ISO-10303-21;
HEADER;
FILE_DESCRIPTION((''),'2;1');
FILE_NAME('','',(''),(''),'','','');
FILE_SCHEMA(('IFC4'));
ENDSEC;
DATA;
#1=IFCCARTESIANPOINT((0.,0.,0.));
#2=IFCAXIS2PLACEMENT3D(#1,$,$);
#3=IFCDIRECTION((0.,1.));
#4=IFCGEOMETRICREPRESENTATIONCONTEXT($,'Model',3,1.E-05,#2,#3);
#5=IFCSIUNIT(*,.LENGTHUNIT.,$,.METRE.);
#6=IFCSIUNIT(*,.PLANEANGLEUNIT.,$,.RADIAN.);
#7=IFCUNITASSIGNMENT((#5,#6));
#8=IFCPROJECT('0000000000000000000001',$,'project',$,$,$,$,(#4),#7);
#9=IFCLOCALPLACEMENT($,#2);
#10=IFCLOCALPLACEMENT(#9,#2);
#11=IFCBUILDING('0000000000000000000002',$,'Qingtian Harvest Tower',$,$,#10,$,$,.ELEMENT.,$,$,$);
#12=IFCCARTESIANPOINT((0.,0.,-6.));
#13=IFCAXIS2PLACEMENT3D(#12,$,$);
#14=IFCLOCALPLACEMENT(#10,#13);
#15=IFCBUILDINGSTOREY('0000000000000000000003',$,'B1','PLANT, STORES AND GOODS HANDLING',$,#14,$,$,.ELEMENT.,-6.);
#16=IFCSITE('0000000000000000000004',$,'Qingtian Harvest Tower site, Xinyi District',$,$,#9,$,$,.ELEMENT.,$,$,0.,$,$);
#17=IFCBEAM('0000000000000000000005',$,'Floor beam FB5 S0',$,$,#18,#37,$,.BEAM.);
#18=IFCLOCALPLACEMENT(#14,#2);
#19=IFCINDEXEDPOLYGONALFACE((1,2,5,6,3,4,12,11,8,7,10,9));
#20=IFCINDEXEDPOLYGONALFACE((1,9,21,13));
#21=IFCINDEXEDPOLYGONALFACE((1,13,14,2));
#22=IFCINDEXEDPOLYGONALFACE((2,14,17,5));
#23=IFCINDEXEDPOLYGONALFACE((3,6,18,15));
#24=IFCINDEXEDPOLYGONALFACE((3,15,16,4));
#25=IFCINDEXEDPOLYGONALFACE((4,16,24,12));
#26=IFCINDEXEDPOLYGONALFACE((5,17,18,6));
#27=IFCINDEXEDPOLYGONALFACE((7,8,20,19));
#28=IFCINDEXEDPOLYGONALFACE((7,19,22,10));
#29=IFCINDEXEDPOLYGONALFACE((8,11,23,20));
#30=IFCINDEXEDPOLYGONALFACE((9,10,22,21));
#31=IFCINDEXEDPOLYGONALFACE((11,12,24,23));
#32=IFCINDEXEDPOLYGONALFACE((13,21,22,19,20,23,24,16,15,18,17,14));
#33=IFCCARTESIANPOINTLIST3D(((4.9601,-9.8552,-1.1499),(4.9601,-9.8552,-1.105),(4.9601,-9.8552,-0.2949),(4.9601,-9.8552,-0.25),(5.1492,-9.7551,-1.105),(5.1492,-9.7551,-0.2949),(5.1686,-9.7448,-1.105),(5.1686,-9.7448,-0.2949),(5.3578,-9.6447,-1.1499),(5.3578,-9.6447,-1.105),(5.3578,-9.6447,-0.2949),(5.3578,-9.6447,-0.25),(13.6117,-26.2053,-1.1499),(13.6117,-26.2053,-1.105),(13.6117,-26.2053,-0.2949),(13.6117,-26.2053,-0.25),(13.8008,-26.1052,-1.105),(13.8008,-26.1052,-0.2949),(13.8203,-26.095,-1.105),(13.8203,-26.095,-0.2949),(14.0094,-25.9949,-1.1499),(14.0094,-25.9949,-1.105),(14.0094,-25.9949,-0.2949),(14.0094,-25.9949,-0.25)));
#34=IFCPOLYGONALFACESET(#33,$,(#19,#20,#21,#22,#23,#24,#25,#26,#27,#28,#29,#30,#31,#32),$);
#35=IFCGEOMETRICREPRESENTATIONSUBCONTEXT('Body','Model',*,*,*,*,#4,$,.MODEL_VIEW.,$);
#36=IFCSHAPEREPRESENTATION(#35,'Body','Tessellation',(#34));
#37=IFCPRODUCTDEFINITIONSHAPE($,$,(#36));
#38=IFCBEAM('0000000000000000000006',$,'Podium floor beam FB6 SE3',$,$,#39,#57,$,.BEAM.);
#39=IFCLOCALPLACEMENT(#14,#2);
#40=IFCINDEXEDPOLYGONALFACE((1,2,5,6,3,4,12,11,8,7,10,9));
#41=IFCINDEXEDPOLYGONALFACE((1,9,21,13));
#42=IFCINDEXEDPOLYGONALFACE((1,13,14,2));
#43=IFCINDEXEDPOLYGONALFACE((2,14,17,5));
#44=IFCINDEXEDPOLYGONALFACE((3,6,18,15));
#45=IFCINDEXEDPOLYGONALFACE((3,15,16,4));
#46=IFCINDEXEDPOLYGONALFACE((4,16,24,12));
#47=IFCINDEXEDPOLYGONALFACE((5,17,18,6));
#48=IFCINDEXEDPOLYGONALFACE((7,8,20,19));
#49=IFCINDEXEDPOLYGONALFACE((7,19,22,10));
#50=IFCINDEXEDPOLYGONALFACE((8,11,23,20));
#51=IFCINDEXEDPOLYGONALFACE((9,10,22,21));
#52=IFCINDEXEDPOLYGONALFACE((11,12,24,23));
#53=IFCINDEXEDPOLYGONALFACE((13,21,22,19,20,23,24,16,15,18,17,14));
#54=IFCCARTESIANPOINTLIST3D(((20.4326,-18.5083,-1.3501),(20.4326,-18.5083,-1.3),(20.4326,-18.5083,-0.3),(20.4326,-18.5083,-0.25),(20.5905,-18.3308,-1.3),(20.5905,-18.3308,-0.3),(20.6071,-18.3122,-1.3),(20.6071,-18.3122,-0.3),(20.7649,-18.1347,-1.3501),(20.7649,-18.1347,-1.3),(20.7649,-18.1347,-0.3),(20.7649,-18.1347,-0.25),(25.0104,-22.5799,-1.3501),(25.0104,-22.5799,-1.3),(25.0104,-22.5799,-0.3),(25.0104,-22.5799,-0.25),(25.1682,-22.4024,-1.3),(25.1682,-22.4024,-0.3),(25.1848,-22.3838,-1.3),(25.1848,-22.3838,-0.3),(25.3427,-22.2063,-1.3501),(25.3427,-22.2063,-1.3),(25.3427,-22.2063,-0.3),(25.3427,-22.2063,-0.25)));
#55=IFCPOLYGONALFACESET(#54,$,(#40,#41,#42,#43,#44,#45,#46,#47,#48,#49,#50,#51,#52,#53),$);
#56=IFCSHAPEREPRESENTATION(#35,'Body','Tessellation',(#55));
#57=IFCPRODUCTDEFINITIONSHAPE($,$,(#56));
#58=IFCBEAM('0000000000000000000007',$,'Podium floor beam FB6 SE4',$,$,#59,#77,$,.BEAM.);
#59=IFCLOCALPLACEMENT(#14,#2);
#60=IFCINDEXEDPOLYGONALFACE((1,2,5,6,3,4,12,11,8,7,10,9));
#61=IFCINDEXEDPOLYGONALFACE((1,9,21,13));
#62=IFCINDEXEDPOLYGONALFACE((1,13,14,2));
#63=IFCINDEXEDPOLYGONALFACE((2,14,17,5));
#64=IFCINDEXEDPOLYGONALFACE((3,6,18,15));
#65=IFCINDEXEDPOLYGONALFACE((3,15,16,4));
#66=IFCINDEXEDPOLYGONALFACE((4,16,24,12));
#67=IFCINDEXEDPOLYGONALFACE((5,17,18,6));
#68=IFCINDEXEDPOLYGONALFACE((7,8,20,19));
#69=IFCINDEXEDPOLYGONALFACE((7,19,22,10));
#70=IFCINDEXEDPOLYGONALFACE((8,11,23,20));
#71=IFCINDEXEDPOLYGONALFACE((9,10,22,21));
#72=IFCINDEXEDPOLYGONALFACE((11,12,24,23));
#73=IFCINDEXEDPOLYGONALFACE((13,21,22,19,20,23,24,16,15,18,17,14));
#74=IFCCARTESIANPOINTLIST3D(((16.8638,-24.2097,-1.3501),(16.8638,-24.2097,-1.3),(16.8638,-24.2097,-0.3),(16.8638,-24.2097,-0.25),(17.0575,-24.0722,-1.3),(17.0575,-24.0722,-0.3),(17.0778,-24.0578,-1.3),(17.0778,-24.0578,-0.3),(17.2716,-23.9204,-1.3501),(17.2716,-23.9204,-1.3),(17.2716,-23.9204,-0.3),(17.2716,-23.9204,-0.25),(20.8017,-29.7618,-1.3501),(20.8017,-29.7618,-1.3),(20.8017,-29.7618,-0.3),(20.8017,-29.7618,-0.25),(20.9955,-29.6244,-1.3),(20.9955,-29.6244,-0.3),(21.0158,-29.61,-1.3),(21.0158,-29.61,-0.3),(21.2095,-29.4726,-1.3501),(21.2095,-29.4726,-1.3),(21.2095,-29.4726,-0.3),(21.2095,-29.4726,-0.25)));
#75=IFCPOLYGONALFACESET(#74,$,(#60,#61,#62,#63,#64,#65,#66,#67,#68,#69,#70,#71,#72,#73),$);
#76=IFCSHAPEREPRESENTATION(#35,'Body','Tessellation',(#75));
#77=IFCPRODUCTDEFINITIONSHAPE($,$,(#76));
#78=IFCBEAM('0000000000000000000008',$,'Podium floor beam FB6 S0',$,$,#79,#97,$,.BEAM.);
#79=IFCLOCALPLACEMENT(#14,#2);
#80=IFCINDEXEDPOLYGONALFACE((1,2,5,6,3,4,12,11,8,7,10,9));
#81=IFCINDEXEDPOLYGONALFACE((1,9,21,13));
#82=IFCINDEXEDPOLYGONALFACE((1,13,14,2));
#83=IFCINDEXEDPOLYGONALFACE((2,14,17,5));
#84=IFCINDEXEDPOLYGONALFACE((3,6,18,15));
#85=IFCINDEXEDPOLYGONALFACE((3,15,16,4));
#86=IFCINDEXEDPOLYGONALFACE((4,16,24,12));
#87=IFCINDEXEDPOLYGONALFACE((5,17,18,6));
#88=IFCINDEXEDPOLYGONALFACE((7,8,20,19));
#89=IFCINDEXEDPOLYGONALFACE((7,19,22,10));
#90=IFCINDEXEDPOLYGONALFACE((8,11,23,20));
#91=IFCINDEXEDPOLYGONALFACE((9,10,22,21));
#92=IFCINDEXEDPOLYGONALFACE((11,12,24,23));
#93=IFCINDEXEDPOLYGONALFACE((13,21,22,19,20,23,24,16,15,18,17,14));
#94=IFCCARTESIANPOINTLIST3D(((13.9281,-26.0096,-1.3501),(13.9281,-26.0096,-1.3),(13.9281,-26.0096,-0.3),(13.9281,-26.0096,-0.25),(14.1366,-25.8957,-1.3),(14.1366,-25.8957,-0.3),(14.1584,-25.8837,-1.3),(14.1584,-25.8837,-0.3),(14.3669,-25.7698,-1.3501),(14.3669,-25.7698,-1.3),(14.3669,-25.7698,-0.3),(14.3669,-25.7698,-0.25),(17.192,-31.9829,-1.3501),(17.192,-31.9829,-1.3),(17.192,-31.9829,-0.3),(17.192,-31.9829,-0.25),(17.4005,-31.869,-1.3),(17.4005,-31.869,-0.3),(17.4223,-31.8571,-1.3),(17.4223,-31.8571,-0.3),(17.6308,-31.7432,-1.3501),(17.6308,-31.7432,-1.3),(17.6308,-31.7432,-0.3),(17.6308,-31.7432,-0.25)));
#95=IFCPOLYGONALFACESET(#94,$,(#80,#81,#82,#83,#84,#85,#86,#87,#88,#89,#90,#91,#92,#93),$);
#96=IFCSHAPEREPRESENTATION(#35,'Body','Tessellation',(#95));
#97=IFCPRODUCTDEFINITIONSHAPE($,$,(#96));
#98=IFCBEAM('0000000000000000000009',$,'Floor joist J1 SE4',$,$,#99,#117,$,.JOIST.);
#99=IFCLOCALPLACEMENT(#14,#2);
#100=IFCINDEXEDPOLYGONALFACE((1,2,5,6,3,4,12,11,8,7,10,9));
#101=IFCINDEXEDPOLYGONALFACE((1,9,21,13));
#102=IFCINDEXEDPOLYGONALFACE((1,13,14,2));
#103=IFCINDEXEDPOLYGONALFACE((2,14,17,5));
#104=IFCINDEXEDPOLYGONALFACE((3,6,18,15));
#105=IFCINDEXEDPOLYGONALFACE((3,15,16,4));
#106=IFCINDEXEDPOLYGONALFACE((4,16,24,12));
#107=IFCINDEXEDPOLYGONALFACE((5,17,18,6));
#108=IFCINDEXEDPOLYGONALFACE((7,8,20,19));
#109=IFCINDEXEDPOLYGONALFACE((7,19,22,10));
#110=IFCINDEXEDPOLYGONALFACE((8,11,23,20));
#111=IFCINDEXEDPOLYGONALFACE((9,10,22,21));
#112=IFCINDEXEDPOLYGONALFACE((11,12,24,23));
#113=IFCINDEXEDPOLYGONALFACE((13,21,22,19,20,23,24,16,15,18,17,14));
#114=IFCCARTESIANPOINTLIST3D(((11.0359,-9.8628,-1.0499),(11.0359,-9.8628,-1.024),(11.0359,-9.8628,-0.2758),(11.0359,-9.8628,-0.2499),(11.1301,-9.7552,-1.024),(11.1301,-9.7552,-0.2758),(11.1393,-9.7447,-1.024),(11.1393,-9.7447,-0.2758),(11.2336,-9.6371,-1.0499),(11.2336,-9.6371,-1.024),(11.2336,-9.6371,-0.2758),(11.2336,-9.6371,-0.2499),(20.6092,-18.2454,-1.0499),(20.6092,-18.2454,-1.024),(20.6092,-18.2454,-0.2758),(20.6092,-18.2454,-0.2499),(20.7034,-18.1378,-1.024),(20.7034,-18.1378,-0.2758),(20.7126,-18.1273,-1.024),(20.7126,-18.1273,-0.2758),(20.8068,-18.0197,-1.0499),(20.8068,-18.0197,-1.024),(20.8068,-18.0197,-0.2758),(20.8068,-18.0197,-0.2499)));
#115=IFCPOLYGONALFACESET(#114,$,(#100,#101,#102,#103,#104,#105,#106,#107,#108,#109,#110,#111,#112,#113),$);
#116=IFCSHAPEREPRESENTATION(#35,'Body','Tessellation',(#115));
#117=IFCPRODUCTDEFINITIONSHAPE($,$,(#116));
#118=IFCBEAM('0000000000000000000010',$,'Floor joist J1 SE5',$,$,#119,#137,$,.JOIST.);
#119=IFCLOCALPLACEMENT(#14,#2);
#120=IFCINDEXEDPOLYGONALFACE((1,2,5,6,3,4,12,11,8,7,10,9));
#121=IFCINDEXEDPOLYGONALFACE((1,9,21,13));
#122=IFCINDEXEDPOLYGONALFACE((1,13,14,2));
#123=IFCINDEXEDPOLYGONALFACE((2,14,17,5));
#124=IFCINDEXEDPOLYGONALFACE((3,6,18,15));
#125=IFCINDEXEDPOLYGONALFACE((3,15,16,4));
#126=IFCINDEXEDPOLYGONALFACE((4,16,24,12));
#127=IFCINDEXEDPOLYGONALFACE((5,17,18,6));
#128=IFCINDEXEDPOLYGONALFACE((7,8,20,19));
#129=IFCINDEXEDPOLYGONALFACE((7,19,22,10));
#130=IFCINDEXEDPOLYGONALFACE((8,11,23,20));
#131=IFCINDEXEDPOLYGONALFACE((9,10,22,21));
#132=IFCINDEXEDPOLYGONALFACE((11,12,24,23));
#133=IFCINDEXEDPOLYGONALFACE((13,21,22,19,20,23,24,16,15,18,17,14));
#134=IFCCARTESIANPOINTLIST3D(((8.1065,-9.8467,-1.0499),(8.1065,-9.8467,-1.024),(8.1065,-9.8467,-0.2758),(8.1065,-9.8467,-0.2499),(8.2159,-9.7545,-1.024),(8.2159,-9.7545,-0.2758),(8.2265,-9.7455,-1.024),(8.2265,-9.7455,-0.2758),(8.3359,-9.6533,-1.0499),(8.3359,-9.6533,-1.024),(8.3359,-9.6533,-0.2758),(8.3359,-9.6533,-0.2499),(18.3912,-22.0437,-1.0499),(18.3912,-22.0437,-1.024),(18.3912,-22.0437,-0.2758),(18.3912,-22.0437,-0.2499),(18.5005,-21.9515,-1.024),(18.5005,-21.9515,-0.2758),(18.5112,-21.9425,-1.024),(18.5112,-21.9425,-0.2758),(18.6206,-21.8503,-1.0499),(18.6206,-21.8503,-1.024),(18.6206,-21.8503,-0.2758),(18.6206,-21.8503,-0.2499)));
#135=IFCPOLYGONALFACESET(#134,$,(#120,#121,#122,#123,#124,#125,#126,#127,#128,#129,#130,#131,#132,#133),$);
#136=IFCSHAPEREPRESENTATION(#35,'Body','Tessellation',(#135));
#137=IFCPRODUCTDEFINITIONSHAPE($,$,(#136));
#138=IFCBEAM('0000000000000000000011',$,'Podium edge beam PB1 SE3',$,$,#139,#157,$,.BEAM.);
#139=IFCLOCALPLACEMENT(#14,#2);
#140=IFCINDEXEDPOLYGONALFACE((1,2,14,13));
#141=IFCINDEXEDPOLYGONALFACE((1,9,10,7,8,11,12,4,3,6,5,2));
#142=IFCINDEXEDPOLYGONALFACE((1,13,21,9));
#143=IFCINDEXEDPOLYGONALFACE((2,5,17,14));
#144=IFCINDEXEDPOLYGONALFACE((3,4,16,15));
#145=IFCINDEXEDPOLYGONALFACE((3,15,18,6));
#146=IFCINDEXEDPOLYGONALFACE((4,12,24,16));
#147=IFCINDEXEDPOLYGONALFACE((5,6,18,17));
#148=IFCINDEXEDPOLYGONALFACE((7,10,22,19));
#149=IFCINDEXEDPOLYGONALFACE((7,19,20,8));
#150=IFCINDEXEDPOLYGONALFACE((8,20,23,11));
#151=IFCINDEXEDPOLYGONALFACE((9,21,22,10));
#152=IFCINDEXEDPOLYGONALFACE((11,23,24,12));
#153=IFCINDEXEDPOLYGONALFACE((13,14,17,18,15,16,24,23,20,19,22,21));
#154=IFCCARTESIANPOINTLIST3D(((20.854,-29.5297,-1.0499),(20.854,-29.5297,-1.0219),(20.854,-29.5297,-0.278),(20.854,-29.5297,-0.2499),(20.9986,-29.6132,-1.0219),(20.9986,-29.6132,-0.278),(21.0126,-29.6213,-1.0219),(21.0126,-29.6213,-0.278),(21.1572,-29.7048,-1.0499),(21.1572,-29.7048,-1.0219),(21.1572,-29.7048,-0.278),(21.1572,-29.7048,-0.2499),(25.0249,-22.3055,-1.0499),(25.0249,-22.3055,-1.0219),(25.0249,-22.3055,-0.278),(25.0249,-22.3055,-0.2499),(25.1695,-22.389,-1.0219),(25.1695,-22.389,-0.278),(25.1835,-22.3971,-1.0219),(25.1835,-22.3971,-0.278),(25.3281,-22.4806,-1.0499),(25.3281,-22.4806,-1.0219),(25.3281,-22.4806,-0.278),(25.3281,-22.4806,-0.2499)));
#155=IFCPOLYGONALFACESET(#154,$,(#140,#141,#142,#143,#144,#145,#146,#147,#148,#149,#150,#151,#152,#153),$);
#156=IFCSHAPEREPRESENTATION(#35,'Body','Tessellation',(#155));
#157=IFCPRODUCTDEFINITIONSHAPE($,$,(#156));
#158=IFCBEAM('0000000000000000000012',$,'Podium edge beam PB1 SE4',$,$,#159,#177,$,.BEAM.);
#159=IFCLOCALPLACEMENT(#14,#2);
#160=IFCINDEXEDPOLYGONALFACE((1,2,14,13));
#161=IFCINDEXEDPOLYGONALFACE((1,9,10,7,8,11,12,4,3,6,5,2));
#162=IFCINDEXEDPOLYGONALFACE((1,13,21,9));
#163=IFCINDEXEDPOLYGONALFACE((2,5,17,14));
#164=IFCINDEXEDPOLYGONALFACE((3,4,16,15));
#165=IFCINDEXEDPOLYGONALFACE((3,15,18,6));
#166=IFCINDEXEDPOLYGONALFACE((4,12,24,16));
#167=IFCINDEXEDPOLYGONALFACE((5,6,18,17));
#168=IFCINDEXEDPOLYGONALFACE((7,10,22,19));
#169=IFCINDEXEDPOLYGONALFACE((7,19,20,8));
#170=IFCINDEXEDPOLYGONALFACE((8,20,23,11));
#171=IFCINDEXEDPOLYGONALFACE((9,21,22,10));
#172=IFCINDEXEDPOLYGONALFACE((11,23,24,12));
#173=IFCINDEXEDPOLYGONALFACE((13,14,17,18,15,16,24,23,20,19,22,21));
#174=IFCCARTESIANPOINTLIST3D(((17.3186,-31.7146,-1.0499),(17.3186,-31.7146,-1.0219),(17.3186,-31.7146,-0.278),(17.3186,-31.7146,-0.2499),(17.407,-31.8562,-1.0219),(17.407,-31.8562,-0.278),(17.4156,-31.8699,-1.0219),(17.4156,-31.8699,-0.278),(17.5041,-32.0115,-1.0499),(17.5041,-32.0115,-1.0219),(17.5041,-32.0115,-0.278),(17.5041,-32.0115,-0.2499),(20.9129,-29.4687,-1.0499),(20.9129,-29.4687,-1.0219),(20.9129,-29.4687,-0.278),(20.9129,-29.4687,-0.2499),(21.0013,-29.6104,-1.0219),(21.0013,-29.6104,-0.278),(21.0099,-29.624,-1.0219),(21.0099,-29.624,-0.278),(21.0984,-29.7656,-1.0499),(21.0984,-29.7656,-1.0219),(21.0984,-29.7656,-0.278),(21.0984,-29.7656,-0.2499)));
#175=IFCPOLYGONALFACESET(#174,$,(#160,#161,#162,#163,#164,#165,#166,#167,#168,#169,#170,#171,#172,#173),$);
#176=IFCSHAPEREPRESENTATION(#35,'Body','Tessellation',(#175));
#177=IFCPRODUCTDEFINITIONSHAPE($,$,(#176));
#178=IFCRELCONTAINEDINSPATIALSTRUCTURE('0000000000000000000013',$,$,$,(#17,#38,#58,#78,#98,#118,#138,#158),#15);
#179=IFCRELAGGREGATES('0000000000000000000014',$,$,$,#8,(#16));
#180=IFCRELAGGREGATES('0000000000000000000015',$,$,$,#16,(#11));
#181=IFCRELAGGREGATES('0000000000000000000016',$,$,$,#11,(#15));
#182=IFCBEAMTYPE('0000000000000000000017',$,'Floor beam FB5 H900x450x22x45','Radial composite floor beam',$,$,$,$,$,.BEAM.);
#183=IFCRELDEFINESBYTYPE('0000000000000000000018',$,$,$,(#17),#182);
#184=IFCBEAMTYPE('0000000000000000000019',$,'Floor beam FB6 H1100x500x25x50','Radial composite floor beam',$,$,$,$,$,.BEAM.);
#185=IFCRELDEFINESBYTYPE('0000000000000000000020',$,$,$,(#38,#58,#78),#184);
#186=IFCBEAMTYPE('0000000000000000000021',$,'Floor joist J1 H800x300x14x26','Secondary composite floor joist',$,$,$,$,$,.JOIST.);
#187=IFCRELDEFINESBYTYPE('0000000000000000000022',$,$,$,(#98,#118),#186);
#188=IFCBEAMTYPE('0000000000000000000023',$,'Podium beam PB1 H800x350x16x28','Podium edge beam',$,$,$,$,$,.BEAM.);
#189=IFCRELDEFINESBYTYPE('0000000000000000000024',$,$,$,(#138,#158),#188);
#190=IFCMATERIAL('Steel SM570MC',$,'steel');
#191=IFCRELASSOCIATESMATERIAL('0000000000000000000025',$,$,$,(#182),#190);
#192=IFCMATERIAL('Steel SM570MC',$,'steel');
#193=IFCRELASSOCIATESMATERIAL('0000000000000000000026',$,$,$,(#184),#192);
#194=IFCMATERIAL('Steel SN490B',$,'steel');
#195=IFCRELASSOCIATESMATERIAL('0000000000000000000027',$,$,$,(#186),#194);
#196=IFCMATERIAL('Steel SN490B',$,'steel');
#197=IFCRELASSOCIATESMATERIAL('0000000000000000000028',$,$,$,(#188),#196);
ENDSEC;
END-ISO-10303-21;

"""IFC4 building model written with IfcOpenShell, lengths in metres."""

from ifc_helpers import new_model, si_unit, direction, frame, origin, origin_2d, place, context, subcontext, project, spatial, i_section, extrude, material, material_profile, profile_set, type_object, element, save


model = new_model("IFC4")

# Units and contexts
model_context = context("Model", 3, precision=1e-05, world=origin(), true_north=direction((0.0, 1.0)))
body_context = subcontext(model_context, "Body", "Model", "MODEL_VIEW")
ifc_project = project(units=[si_unit("LENGTHUNIT", "METRE"), si_unit("PLANEANGLEUNIT", "RADIAN")], contexts=[model_context])

# Site, building, storey
site_placement = place(None, origin())
site = spatial("IfcSite", under=ifc_project, at=site_placement, Name="Qingtian Harvest Tower site, Xinyi District", CompositionType="ELEMENT", RefElevation=0.0)
building_placement = place(site_placement, origin())
building = spatial("IfcBuilding", under=site, at=building_placement, Name="Qingtian Harvest Tower", CompositionType="ELEMENT")
storey_placement = place(building_placement, frame((0.0, 0.0, -6.0)))
storey = spatial("IfcBuildingStorey", under=building, at=storey_placement, Name="B1", Description="PLANT, STORES AND GOODS HANDLING", CompositionType="ELEMENT", Elevation=-6.0)

# Beams
ifc_material_1 = material(Name="Steel SM570MC", Category="steel")
ifc_material_profile_1 = material_profile(ifc_material_1, i_section(OverallWidth=0.45, OverallDepth=0.8999, WebThickness=0.022, FlangeThickness=0.0449, at=origin_2d()), Name="H900x450x22x45")
ifc_profile_set_1 = profile_set([ifc_material_profile_1], Name="Steel SM570MC")
beam_type_1 = type_object("IfcBeamType", Name="Floor beam FB5 H900x450x22x45", Description="Radial composite floor beam", PredefinedType="BEAM", material=ifc_profile_set_1)
beam_1_placement = place(storey_placement, frame((13.8105, -26.1001, -0.7), z_axis=(-0.467705, 0.883885, 0.0), x_axis=(-0.883885, -0.467705, 0.0)))
element("IfcBeam", 1, at=beam_1_placement, inside=storey, type_object=beam_type_1, Name="Floor beam FB5 S0", PredefinedType="BEAM", context=body_context, shape_type="SweptSolid", body=[
    extrude(i_section(OverallWidth=0.45, OverallDepth=0.8999, WebThickness=0.022, FlangeThickness=0.0449, at=origin_2d()), origin(), (0.0, 0.0, 1.0), 18.498),
])
ifc_material_2 = material(Name="Steel SM570MC", Category="steel")
ifc_material_profile_2 = material_profile(ifc_material_2, i_section(OverallWidth=0.5, OverallDepth=1.1001, WebThickness=0.0249, FlangeThickness=0.05, at=origin_2d()), Name="H1100x500x25x50")
ifc_profile_set_2 = profile_set([ifc_material_profile_2], Name="Steel SM570MC")
beam_type_2 = type_object("IfcBeamType", Name="Floor beam FB6 H1100x500x25x50", Description="Radial composite floor beam", PredefinedType="BEAM", material=ifc_profile_set_2)
beam_2_placement = place(storey_placement, frame((25.1765, -22.3931, -0.8), z_axis=(-0.747205, 0.664594, 0.0), x_axis=(-0.664594, -0.747205, 0.0)))
element("IfcBeam", 2, at=beam_2_placement, inside=storey, type_object=beam_type_2, Name="Podium floor beam FB6 SE3", PredefinedType="BEAM", context=body_context, shape_type="SweptSolid", body=[
    extrude(i_section(OverallWidth=0.5, OverallDepth=1.1001, WebThickness=0.0249, FlangeThickness=0.05, at=origin_2d()), origin(), (0.0, 0.0, 1.0), 6.1265),
])
for number, where, z_axis, x_axis, name in (
    (3, (21.0056, -29.6172, -0.8), (-0.578521, 0.815668, 0.0), (-0.815668, -0.578521, 0.0), "Podium floor beam FB6 SE4"),
    (4, (17.4114, -31.863, -0.8), (-0.479498, 0.877543, 0.0), (-0.877543, -0.479498, 0.0), "Podium floor beam FB6 S0"),
):
    element("IfcBeam", number, at=place(storey_placement, frame(where, z_axis=z_axis, x_axis=x_axis)), inside=storey, type_object=beam_type_2, Name=name, PredefinedType="BEAM", context=body_context, shape_type="SweptSolid", body=[
        extrude(i_section(OverallWidth=0.5, OverallDepth=1.1001, WebThickness=0.0249, FlangeThickness=0.05, at=origin_2d()), origin(), (0.0, 0.0, 1.0), 6.8069),
    ])
ifc_material_3 = material(Name="Steel SN490B", Category="steel")
ifc_material_profile_3 = material_profile(ifc_material_3, i_section(OverallWidth=0.3, OverallDepth=0.8, WebThickness=0.0139, FlangeThickness=0.0259, at=origin_2d()), Name="H800x300x14x26")
ifc_profile_set_3 = profile_set([ifc_material_profile_3], Name="Steel SN490B")
beam_type_3 = type_object("IfcBeamType", Name="Floor joist J1 H800x300x14x26", Description="Secondary composite floor joist", PredefinedType="JOIST", material=ifc_profile_set_3)
beam_3_placement = place(storey_placement, frame((20.708, -18.1326, -0.6499), z_axis=(-0.752344, 0.658771, 0.0), x_axis=(-0.658771, -0.752344, 0.0)))
element("IfcBeam", 5, at=beam_3_placement, inside=storey, type_object=beam_type_3, Name="Floor joist J1 SE4", PredefinedType="JOIST", context=body_context, shape_type="SweptSolid", body=[
    extrude(i_section(OverallWidth=0.3, OverallDepth=0.8, WebThickness=0.0139, FlangeThickness=0.0259, at=origin_2d()), origin(), (0.0, 0.0, 1.0), 12.7246),
])
beam_4_placement = place(storey_placement, frame((18.5059, -21.947, -0.6499), z_axis=(-0.64463, 0.764494, 0.0), x_axis=(-0.764494, -0.64463, 0.0)))
element("IfcBeam", 6, at=beam_4_placement, inside=storey, type_object=beam_type_3, Name="Floor joist J1 SE5", PredefinedType="JOIST", context=body_context, shape_type="SweptSolid", body=[
    extrude(i_section(OverallWidth=0.3, OverallDepth=0.8, WebThickness=0.0139, FlangeThickness=0.0259, at=origin_2d()), origin(), (0.0, 0.0, 1.0), 15.9543),
])
ifc_material_4 = material(Name="Steel SN490B", Category="steel")
ifc_material_profile_4 = material_profile(ifc_material_4, i_section(OverallWidth=0.3501, OverallDepth=0.8, WebThickness=0.0161, FlangeThickness=0.0281, at=origin_2d()), Name="H800x350x16x28")
ifc_profile_set_4 = profile_set([ifc_material_profile_4], Name="Steel SN490B")
beam_type_4 = type_object("IfcBeamType", Name="Podium beam PB1 H800x350x16x28", Description="Podium edge beam", PredefinedType="BEAM", material=ifc_profile_set_4)
beam_5_placement = place(storey_placement, frame((25.1765, -22.3931, -0.6499), z_axis=(-0.500005, -0.866023, 0.0), x_axis=(0.866023, -0.500005, 0.0)))
element("IfcBeam", 7, at=beam_5_placement, inside=storey, type_object=beam_type_4, Name="Podium edge beam PB1 SE3", PredefinedType="BEAM", context=body_context, shape_type="SweptSolid", body=[
    extrude(i_section(OverallWidth=0.3501, OverallDepth=0.8, WebThickness=0.0161, FlangeThickness=0.0281, at=origin_2d()), origin(), (0.0, 0.0, 1.0), 8.3418),
])
beam_6_placement = place(storey_placement, frame((21.0056, -29.6172, -0.6499), z_axis=(-0.848057, -0.529906, 0.0), x_axis=(0.529906, -0.848057, 0.0)))
element("IfcBeam", 8, at=beam_6_placement, inside=storey, type_object=beam_type_4, Name="Podium edge beam PB1 SE4", PredefinedType="BEAM", context=body_context, shape_type="SweptSolid", body=[
    extrude(i_section(OverallWidth=0.3501, OverallDepth=0.8, WebThickness=0.0161, FlangeThickness=0.0281, at=origin_2d()), origin(), (0.0, 0.0, 1.0), 4.2383),
])

save(model, "model.ifc")
